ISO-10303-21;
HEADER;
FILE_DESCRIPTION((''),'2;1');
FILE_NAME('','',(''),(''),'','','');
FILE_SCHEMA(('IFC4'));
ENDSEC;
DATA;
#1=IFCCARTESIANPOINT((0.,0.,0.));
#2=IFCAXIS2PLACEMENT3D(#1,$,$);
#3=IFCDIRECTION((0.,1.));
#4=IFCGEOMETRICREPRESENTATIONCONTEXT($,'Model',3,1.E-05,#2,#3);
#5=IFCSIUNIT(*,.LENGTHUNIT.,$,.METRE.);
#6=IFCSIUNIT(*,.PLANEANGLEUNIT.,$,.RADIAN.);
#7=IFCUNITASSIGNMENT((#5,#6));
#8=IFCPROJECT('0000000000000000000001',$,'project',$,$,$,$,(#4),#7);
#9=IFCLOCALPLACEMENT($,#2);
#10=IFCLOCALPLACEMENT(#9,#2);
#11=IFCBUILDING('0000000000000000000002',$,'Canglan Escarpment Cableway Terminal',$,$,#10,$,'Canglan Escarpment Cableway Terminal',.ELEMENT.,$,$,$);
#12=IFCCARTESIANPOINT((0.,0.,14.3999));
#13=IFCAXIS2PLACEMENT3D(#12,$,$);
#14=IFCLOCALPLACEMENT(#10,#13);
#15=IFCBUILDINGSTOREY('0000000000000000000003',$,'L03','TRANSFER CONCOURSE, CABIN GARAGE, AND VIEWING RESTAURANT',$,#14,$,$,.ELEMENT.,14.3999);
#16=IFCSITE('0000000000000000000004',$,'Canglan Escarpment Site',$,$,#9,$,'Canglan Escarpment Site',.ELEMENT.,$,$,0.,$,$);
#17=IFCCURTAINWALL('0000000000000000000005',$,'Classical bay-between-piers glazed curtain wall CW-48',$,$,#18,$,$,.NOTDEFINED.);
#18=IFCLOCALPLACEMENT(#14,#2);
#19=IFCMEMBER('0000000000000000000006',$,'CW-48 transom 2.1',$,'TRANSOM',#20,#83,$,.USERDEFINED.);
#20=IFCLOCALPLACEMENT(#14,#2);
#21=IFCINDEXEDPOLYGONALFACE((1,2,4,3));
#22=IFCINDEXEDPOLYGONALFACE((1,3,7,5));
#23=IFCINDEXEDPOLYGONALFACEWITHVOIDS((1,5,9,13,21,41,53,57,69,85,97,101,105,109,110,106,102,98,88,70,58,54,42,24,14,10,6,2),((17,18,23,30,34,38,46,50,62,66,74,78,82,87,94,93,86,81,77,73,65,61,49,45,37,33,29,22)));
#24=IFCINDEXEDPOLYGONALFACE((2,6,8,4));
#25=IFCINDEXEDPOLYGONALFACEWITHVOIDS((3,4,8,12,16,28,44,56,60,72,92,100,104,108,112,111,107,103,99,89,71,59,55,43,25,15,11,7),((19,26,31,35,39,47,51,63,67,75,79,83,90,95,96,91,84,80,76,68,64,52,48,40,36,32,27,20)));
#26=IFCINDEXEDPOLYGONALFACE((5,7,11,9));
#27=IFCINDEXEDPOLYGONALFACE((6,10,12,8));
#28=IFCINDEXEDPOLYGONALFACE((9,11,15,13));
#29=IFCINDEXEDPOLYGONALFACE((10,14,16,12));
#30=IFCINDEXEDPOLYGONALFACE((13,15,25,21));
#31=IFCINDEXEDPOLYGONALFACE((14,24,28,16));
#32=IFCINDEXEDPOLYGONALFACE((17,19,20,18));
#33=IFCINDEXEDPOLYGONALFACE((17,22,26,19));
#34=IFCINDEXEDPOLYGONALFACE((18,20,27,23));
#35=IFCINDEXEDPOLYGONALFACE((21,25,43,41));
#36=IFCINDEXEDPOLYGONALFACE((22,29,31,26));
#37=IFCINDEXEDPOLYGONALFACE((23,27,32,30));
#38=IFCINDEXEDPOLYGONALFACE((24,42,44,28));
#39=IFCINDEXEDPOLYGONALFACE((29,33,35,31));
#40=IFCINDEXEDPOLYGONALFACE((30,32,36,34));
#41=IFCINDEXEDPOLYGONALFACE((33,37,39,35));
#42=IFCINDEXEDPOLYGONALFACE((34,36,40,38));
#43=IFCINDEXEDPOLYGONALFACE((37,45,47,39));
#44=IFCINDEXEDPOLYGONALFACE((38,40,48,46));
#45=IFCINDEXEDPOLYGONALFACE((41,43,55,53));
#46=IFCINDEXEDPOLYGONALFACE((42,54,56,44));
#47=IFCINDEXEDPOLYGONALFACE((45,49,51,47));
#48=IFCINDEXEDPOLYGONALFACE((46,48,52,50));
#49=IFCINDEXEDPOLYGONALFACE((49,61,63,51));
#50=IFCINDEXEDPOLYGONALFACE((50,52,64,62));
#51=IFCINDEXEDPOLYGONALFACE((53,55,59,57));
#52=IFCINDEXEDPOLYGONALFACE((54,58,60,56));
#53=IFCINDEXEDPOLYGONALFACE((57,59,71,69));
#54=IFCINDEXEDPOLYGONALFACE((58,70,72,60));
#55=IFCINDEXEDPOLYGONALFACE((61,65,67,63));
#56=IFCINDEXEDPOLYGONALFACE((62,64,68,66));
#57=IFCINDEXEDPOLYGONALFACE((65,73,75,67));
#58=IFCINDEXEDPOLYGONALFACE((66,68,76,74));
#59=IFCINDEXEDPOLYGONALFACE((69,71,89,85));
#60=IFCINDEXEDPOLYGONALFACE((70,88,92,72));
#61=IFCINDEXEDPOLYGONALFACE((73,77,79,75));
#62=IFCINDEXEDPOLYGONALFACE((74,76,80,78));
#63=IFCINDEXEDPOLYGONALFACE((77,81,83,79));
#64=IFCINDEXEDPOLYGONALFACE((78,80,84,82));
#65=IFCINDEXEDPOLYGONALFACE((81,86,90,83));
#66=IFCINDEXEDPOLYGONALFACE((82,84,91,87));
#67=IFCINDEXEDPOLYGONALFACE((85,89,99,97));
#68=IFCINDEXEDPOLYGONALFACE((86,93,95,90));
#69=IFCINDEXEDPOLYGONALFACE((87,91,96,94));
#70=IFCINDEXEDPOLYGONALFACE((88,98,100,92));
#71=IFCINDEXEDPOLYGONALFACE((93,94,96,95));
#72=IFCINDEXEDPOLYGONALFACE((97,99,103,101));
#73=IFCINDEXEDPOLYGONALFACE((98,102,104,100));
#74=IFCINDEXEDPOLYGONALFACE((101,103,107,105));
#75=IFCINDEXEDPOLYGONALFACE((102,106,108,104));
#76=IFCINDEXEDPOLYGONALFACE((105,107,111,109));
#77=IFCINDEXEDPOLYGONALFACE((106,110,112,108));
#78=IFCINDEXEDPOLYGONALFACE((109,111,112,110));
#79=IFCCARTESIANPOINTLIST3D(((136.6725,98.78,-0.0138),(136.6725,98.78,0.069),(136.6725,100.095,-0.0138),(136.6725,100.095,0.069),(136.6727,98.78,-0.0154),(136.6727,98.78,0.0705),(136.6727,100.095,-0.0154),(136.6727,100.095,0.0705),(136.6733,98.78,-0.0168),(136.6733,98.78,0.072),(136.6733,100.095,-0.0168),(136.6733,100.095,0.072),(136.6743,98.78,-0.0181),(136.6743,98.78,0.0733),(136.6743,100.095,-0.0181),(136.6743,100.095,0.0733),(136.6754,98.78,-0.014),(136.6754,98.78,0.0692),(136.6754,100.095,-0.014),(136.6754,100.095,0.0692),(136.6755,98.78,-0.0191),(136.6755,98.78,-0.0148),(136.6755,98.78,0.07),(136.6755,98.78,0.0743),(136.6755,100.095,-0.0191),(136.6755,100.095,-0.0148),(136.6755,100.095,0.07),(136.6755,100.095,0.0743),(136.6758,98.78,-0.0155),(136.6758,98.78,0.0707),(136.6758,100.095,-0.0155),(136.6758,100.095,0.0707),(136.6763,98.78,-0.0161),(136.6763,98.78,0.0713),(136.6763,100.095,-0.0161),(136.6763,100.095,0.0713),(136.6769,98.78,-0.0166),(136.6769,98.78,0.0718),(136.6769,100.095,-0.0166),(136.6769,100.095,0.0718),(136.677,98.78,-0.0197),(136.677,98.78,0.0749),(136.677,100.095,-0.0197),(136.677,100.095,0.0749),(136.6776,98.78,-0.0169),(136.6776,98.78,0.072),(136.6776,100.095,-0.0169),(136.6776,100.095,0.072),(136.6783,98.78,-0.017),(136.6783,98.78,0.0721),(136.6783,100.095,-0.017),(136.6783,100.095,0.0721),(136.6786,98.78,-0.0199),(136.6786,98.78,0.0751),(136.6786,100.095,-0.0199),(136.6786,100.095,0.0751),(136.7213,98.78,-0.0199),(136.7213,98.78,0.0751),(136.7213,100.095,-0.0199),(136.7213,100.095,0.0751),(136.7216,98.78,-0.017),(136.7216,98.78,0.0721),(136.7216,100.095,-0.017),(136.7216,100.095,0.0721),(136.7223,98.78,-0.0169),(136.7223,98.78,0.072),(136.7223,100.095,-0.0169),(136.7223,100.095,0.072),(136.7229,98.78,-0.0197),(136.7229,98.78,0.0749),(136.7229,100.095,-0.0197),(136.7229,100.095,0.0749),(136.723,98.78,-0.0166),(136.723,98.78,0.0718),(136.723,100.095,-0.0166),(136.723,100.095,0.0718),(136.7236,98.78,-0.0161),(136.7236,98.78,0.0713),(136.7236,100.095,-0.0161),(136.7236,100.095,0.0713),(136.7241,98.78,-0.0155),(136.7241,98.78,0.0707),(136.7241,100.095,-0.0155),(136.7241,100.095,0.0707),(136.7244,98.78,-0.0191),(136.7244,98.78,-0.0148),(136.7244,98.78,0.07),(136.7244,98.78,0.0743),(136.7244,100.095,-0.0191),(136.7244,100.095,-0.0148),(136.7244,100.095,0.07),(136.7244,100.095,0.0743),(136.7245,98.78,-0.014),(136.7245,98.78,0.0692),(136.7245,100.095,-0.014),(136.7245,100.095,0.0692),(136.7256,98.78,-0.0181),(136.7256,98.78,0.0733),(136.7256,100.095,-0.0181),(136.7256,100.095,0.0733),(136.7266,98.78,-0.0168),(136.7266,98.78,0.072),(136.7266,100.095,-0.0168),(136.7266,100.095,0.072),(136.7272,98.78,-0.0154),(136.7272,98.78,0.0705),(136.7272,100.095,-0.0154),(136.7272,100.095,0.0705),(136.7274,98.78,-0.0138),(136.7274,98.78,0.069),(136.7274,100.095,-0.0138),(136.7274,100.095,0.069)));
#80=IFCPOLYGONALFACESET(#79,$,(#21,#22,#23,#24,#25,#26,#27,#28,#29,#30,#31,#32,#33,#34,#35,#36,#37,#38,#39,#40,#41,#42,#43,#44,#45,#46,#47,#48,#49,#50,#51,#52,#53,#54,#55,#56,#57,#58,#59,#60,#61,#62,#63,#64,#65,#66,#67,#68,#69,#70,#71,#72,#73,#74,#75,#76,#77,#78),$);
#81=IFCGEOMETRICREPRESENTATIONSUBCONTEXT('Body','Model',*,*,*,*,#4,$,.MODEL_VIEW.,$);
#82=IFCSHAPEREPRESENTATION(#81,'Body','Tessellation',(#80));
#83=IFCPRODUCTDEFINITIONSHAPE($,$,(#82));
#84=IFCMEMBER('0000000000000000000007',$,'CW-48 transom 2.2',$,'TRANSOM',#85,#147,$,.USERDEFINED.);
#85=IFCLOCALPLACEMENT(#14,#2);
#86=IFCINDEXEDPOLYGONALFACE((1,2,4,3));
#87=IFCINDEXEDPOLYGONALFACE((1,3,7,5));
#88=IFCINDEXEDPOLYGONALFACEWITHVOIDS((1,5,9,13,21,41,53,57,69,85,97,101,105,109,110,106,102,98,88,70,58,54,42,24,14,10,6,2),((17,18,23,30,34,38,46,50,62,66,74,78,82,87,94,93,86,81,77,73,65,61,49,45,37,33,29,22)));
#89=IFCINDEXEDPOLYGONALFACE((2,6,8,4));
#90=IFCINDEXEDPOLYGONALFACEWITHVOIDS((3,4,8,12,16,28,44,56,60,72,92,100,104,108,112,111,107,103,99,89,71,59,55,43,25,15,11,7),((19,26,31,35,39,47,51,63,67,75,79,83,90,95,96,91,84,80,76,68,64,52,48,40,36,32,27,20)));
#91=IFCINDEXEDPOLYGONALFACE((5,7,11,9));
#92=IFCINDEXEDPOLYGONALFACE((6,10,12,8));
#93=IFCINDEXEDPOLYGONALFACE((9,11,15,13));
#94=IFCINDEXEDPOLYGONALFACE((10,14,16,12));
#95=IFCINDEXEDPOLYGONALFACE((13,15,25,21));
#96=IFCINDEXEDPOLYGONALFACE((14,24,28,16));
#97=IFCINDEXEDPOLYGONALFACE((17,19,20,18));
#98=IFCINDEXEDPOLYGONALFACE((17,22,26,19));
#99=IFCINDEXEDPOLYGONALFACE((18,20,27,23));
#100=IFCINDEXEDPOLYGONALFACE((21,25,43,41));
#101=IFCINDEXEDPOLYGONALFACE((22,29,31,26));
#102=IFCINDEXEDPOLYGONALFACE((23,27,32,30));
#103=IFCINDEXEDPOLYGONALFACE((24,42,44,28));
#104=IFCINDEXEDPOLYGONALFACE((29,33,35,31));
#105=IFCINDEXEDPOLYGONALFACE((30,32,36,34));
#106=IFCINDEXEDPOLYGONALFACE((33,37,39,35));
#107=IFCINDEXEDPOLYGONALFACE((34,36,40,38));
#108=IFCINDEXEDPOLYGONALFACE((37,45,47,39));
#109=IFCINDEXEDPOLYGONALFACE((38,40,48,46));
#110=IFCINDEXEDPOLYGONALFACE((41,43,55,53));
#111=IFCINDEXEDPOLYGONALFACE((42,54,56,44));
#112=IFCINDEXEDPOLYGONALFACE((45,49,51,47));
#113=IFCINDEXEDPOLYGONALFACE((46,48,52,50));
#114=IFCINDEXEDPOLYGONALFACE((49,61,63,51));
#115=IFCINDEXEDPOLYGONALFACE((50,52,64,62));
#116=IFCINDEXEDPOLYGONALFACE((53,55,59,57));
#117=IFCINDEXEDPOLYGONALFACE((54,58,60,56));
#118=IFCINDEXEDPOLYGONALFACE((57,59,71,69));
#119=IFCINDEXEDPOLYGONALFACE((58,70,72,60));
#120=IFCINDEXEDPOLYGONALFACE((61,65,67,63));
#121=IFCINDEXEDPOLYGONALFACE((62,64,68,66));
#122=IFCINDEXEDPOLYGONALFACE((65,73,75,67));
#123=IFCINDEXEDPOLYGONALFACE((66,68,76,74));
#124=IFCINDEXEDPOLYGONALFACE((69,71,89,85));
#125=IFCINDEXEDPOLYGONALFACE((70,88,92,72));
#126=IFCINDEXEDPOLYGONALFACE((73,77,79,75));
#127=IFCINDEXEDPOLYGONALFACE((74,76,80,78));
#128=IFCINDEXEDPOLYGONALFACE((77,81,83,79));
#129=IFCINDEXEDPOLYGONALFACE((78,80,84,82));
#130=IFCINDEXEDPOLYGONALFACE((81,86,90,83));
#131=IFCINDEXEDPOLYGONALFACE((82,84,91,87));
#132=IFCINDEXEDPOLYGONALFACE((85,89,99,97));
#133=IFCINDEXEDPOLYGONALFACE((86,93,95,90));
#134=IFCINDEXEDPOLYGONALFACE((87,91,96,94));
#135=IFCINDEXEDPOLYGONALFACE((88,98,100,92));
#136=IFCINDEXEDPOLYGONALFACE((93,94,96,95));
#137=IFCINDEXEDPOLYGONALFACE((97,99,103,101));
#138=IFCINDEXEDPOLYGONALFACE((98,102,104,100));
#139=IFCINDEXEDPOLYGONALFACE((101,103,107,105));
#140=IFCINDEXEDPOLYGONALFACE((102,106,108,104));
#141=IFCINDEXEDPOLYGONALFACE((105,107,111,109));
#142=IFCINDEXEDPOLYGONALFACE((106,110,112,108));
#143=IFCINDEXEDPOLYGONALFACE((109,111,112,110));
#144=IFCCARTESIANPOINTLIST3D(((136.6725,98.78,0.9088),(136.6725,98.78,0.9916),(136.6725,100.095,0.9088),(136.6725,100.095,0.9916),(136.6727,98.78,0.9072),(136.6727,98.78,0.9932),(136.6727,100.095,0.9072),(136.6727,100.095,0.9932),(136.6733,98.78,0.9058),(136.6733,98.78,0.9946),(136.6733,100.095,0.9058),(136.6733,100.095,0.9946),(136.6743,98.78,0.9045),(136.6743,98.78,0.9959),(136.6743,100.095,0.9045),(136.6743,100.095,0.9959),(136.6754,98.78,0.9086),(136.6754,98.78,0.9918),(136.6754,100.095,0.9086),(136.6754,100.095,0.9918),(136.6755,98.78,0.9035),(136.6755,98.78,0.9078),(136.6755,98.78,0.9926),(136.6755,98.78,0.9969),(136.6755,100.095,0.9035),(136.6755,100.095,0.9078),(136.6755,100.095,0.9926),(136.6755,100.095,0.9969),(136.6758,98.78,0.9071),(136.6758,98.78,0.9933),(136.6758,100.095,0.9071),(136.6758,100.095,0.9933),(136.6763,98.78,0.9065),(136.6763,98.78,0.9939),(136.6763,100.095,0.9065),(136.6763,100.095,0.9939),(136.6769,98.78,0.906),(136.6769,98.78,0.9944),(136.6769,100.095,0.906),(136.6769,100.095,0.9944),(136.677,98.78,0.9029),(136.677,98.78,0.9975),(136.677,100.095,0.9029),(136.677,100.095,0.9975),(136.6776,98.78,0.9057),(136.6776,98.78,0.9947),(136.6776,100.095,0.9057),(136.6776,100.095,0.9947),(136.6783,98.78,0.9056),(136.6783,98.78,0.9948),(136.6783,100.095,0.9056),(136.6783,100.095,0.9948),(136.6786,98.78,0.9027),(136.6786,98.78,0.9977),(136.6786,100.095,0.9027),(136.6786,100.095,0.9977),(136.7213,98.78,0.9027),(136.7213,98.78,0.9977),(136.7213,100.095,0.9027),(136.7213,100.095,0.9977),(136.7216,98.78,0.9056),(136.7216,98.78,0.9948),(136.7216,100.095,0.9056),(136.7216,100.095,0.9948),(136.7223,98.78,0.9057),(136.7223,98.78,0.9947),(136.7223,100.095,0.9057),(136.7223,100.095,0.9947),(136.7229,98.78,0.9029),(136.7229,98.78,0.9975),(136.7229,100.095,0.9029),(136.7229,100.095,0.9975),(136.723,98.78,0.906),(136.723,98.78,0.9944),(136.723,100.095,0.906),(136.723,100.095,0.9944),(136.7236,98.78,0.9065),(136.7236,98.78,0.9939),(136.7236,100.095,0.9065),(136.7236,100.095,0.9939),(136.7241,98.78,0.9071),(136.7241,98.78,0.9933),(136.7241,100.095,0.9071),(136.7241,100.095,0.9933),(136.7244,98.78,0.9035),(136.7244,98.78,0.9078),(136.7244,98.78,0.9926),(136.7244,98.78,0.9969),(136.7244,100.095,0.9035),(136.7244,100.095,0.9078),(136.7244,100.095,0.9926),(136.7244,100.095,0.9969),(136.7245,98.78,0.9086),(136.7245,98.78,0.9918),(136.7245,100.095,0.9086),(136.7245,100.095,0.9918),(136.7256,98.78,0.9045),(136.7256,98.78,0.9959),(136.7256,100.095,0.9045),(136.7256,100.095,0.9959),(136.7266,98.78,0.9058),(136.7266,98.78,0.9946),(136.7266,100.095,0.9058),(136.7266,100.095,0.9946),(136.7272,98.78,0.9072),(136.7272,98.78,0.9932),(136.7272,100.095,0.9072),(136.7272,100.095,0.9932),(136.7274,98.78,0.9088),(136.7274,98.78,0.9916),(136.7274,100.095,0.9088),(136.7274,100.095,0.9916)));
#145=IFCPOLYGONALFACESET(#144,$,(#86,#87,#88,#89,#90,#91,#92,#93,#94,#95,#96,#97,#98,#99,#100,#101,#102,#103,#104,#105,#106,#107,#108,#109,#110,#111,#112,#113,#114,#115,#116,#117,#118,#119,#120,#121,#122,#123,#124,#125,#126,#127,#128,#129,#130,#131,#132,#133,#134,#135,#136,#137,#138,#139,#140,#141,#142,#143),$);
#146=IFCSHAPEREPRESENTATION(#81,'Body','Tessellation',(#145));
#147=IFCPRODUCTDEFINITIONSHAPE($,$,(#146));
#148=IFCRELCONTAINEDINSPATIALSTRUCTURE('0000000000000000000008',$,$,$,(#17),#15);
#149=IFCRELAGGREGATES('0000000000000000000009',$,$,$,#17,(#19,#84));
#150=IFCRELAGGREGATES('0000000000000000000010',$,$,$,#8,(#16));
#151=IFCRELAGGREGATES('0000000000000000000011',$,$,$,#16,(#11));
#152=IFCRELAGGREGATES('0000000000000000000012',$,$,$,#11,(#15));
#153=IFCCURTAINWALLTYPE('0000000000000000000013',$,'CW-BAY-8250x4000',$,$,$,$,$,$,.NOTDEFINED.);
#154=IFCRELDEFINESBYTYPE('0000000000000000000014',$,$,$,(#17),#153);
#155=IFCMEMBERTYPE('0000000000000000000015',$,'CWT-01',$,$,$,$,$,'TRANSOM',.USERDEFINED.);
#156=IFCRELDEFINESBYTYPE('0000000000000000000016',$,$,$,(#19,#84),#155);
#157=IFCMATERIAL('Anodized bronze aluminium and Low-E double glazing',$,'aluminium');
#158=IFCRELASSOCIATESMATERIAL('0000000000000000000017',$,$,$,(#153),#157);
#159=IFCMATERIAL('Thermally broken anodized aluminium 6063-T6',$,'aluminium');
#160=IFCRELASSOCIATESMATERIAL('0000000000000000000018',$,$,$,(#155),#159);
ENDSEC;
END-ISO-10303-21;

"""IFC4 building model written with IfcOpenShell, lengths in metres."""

from ifc_helpers import new_model, si_unit, direction, frame, origin, origin_2d, place, context, subcontext, project, spatial, hollow_rectangle, extrude, material, material_profile, profile_set, type_object, element, aggregate, save


model = new_model("IFC4")

# Units and contexts
model_context = context("Model", 3, precision=1e-05, world=origin(), true_north=direction((0.0, 1.0)))
body_context = subcontext(model_context, "Body", "Model", "MODEL_VIEW")
ifc_project = project(units=[si_unit("LENGTHUNIT", "METRE"), si_unit("PLANEANGLEUNIT", "RADIAN")], contexts=[model_context])

# Site, building, storey
site_placement = place(None, origin())
site = spatial("IfcSite", under=ifc_project, at=site_placement, Name="Canglan Escarpment Site", LongName="Canglan Escarpment Site", CompositionType="ELEMENT", RefElevation=0.0)
building_placement = place(site_placement, origin())
building = spatial("IfcBuilding", under=site, at=building_placement, Name="Canglan Escarpment Cableway Terminal", LongName="Canglan Escarpment Cableway Terminal", CompositionType="ELEMENT")
storey_placement = place(building_placement, frame((0.0, 0.0, 14.3999)))
storey = spatial("IfcBuildingStorey", under=building, at=storey_placement, Name="L03", Description="TRANSFER CONCOURSE, CABIN GARAGE, AND VIEWING RESTAURANT", CompositionType="ELEMENT", Elevation=14.3999)

# Curtain wall, members
ifc_material_1 = material(Name="Anodized bronze aluminium and Low-E double glazing", Category="aluminium")
curtain_wall_type = type_object("IfcCurtainWallType", Name="CW-BAY-8250x4000", PredefinedType="NOTDEFINED", material=ifc_material_1)
curtain_wall_placement = place(storey_placement, origin())
curtain_wall = element("IfcCurtainWall", 1, at=curtain_wall_placement, inside=storey, type_object=curtain_wall_type, Name="Classical bay-between-piers glazed curtain wall CW-48", PredefinedType="NOTDEFINED")
ifc_material_2 = material(Name="Thermally broken anodized aluminium 6063-T6", Category="aluminium")
ifc_material_profile_1 = material_profile(ifc_material_2, hollow_rectangle(XDim=0.0549, YDim=0.095, WallThickness=0.0029, InnerFilletRadius=0.0029, OuterFilletRadius=0.0061, at=origin_2d()), Name="ALU-TRAN 55x95x3")
ifc_profile_set_1 = profile_set([ifc_material_profile_1], Name="Thermally broken anodized aluminium 6063-T6")
member_type_1 = type_object("IfcMemberType", Name="CWT-01", ElementType="TRANSOM", PredefinedType="USERDEFINED", material=ifc_profile_set_1)
member_1_placement = place(storey_placement, frame((136.7, 98.78, 0.0276), z_axis=(0.0, 1.0, 0.0), x_axis=(-1.0, 0.0, 0.0)))
member_1 = element("IfcMember", 2, at=member_1_placement, type_object=member_type_1, Name="CW-48 transom 2.1", ObjectType="TRANSOM", PredefinedType="USERDEFINED", context=body_context, shape_type="SweptSolid", body=[
    extrude(hollow_rectangle(XDim=0.0549, YDim=0.095, WallThickness=0.0029, InnerFilletRadius=0.0029, OuterFilletRadius=0.0061, at=origin_2d()), origin(), (0.0, 0.0, 1.0), 1.3149),
])
member_2_placement = place(storey_placement, frame((136.7, 98.78, 0.9502), z_axis=(0.0, 1.0, 0.0), x_axis=(-1.0, 0.0, 0.0)))
member_2 = element("IfcMember", 3, at=member_2_placement, type_object=member_type_1, Name="CW-48 transom 2.2", ObjectType="TRANSOM", PredefinedType="USERDEFINED", context=body_context, shape_type="SweptSolid", body=[
    extrude(hollow_rectangle(XDim=0.0549, YDim=0.095, WallThickness=0.0029, InnerFilletRadius=0.0029, OuterFilletRadius=0.0061, at=origin_2d()), origin(), (0.0, 0.0, 1.0), 1.3149),
])
aggregate(curtain_wall, [member_1, member_2])

save(model, "model.ifc")
